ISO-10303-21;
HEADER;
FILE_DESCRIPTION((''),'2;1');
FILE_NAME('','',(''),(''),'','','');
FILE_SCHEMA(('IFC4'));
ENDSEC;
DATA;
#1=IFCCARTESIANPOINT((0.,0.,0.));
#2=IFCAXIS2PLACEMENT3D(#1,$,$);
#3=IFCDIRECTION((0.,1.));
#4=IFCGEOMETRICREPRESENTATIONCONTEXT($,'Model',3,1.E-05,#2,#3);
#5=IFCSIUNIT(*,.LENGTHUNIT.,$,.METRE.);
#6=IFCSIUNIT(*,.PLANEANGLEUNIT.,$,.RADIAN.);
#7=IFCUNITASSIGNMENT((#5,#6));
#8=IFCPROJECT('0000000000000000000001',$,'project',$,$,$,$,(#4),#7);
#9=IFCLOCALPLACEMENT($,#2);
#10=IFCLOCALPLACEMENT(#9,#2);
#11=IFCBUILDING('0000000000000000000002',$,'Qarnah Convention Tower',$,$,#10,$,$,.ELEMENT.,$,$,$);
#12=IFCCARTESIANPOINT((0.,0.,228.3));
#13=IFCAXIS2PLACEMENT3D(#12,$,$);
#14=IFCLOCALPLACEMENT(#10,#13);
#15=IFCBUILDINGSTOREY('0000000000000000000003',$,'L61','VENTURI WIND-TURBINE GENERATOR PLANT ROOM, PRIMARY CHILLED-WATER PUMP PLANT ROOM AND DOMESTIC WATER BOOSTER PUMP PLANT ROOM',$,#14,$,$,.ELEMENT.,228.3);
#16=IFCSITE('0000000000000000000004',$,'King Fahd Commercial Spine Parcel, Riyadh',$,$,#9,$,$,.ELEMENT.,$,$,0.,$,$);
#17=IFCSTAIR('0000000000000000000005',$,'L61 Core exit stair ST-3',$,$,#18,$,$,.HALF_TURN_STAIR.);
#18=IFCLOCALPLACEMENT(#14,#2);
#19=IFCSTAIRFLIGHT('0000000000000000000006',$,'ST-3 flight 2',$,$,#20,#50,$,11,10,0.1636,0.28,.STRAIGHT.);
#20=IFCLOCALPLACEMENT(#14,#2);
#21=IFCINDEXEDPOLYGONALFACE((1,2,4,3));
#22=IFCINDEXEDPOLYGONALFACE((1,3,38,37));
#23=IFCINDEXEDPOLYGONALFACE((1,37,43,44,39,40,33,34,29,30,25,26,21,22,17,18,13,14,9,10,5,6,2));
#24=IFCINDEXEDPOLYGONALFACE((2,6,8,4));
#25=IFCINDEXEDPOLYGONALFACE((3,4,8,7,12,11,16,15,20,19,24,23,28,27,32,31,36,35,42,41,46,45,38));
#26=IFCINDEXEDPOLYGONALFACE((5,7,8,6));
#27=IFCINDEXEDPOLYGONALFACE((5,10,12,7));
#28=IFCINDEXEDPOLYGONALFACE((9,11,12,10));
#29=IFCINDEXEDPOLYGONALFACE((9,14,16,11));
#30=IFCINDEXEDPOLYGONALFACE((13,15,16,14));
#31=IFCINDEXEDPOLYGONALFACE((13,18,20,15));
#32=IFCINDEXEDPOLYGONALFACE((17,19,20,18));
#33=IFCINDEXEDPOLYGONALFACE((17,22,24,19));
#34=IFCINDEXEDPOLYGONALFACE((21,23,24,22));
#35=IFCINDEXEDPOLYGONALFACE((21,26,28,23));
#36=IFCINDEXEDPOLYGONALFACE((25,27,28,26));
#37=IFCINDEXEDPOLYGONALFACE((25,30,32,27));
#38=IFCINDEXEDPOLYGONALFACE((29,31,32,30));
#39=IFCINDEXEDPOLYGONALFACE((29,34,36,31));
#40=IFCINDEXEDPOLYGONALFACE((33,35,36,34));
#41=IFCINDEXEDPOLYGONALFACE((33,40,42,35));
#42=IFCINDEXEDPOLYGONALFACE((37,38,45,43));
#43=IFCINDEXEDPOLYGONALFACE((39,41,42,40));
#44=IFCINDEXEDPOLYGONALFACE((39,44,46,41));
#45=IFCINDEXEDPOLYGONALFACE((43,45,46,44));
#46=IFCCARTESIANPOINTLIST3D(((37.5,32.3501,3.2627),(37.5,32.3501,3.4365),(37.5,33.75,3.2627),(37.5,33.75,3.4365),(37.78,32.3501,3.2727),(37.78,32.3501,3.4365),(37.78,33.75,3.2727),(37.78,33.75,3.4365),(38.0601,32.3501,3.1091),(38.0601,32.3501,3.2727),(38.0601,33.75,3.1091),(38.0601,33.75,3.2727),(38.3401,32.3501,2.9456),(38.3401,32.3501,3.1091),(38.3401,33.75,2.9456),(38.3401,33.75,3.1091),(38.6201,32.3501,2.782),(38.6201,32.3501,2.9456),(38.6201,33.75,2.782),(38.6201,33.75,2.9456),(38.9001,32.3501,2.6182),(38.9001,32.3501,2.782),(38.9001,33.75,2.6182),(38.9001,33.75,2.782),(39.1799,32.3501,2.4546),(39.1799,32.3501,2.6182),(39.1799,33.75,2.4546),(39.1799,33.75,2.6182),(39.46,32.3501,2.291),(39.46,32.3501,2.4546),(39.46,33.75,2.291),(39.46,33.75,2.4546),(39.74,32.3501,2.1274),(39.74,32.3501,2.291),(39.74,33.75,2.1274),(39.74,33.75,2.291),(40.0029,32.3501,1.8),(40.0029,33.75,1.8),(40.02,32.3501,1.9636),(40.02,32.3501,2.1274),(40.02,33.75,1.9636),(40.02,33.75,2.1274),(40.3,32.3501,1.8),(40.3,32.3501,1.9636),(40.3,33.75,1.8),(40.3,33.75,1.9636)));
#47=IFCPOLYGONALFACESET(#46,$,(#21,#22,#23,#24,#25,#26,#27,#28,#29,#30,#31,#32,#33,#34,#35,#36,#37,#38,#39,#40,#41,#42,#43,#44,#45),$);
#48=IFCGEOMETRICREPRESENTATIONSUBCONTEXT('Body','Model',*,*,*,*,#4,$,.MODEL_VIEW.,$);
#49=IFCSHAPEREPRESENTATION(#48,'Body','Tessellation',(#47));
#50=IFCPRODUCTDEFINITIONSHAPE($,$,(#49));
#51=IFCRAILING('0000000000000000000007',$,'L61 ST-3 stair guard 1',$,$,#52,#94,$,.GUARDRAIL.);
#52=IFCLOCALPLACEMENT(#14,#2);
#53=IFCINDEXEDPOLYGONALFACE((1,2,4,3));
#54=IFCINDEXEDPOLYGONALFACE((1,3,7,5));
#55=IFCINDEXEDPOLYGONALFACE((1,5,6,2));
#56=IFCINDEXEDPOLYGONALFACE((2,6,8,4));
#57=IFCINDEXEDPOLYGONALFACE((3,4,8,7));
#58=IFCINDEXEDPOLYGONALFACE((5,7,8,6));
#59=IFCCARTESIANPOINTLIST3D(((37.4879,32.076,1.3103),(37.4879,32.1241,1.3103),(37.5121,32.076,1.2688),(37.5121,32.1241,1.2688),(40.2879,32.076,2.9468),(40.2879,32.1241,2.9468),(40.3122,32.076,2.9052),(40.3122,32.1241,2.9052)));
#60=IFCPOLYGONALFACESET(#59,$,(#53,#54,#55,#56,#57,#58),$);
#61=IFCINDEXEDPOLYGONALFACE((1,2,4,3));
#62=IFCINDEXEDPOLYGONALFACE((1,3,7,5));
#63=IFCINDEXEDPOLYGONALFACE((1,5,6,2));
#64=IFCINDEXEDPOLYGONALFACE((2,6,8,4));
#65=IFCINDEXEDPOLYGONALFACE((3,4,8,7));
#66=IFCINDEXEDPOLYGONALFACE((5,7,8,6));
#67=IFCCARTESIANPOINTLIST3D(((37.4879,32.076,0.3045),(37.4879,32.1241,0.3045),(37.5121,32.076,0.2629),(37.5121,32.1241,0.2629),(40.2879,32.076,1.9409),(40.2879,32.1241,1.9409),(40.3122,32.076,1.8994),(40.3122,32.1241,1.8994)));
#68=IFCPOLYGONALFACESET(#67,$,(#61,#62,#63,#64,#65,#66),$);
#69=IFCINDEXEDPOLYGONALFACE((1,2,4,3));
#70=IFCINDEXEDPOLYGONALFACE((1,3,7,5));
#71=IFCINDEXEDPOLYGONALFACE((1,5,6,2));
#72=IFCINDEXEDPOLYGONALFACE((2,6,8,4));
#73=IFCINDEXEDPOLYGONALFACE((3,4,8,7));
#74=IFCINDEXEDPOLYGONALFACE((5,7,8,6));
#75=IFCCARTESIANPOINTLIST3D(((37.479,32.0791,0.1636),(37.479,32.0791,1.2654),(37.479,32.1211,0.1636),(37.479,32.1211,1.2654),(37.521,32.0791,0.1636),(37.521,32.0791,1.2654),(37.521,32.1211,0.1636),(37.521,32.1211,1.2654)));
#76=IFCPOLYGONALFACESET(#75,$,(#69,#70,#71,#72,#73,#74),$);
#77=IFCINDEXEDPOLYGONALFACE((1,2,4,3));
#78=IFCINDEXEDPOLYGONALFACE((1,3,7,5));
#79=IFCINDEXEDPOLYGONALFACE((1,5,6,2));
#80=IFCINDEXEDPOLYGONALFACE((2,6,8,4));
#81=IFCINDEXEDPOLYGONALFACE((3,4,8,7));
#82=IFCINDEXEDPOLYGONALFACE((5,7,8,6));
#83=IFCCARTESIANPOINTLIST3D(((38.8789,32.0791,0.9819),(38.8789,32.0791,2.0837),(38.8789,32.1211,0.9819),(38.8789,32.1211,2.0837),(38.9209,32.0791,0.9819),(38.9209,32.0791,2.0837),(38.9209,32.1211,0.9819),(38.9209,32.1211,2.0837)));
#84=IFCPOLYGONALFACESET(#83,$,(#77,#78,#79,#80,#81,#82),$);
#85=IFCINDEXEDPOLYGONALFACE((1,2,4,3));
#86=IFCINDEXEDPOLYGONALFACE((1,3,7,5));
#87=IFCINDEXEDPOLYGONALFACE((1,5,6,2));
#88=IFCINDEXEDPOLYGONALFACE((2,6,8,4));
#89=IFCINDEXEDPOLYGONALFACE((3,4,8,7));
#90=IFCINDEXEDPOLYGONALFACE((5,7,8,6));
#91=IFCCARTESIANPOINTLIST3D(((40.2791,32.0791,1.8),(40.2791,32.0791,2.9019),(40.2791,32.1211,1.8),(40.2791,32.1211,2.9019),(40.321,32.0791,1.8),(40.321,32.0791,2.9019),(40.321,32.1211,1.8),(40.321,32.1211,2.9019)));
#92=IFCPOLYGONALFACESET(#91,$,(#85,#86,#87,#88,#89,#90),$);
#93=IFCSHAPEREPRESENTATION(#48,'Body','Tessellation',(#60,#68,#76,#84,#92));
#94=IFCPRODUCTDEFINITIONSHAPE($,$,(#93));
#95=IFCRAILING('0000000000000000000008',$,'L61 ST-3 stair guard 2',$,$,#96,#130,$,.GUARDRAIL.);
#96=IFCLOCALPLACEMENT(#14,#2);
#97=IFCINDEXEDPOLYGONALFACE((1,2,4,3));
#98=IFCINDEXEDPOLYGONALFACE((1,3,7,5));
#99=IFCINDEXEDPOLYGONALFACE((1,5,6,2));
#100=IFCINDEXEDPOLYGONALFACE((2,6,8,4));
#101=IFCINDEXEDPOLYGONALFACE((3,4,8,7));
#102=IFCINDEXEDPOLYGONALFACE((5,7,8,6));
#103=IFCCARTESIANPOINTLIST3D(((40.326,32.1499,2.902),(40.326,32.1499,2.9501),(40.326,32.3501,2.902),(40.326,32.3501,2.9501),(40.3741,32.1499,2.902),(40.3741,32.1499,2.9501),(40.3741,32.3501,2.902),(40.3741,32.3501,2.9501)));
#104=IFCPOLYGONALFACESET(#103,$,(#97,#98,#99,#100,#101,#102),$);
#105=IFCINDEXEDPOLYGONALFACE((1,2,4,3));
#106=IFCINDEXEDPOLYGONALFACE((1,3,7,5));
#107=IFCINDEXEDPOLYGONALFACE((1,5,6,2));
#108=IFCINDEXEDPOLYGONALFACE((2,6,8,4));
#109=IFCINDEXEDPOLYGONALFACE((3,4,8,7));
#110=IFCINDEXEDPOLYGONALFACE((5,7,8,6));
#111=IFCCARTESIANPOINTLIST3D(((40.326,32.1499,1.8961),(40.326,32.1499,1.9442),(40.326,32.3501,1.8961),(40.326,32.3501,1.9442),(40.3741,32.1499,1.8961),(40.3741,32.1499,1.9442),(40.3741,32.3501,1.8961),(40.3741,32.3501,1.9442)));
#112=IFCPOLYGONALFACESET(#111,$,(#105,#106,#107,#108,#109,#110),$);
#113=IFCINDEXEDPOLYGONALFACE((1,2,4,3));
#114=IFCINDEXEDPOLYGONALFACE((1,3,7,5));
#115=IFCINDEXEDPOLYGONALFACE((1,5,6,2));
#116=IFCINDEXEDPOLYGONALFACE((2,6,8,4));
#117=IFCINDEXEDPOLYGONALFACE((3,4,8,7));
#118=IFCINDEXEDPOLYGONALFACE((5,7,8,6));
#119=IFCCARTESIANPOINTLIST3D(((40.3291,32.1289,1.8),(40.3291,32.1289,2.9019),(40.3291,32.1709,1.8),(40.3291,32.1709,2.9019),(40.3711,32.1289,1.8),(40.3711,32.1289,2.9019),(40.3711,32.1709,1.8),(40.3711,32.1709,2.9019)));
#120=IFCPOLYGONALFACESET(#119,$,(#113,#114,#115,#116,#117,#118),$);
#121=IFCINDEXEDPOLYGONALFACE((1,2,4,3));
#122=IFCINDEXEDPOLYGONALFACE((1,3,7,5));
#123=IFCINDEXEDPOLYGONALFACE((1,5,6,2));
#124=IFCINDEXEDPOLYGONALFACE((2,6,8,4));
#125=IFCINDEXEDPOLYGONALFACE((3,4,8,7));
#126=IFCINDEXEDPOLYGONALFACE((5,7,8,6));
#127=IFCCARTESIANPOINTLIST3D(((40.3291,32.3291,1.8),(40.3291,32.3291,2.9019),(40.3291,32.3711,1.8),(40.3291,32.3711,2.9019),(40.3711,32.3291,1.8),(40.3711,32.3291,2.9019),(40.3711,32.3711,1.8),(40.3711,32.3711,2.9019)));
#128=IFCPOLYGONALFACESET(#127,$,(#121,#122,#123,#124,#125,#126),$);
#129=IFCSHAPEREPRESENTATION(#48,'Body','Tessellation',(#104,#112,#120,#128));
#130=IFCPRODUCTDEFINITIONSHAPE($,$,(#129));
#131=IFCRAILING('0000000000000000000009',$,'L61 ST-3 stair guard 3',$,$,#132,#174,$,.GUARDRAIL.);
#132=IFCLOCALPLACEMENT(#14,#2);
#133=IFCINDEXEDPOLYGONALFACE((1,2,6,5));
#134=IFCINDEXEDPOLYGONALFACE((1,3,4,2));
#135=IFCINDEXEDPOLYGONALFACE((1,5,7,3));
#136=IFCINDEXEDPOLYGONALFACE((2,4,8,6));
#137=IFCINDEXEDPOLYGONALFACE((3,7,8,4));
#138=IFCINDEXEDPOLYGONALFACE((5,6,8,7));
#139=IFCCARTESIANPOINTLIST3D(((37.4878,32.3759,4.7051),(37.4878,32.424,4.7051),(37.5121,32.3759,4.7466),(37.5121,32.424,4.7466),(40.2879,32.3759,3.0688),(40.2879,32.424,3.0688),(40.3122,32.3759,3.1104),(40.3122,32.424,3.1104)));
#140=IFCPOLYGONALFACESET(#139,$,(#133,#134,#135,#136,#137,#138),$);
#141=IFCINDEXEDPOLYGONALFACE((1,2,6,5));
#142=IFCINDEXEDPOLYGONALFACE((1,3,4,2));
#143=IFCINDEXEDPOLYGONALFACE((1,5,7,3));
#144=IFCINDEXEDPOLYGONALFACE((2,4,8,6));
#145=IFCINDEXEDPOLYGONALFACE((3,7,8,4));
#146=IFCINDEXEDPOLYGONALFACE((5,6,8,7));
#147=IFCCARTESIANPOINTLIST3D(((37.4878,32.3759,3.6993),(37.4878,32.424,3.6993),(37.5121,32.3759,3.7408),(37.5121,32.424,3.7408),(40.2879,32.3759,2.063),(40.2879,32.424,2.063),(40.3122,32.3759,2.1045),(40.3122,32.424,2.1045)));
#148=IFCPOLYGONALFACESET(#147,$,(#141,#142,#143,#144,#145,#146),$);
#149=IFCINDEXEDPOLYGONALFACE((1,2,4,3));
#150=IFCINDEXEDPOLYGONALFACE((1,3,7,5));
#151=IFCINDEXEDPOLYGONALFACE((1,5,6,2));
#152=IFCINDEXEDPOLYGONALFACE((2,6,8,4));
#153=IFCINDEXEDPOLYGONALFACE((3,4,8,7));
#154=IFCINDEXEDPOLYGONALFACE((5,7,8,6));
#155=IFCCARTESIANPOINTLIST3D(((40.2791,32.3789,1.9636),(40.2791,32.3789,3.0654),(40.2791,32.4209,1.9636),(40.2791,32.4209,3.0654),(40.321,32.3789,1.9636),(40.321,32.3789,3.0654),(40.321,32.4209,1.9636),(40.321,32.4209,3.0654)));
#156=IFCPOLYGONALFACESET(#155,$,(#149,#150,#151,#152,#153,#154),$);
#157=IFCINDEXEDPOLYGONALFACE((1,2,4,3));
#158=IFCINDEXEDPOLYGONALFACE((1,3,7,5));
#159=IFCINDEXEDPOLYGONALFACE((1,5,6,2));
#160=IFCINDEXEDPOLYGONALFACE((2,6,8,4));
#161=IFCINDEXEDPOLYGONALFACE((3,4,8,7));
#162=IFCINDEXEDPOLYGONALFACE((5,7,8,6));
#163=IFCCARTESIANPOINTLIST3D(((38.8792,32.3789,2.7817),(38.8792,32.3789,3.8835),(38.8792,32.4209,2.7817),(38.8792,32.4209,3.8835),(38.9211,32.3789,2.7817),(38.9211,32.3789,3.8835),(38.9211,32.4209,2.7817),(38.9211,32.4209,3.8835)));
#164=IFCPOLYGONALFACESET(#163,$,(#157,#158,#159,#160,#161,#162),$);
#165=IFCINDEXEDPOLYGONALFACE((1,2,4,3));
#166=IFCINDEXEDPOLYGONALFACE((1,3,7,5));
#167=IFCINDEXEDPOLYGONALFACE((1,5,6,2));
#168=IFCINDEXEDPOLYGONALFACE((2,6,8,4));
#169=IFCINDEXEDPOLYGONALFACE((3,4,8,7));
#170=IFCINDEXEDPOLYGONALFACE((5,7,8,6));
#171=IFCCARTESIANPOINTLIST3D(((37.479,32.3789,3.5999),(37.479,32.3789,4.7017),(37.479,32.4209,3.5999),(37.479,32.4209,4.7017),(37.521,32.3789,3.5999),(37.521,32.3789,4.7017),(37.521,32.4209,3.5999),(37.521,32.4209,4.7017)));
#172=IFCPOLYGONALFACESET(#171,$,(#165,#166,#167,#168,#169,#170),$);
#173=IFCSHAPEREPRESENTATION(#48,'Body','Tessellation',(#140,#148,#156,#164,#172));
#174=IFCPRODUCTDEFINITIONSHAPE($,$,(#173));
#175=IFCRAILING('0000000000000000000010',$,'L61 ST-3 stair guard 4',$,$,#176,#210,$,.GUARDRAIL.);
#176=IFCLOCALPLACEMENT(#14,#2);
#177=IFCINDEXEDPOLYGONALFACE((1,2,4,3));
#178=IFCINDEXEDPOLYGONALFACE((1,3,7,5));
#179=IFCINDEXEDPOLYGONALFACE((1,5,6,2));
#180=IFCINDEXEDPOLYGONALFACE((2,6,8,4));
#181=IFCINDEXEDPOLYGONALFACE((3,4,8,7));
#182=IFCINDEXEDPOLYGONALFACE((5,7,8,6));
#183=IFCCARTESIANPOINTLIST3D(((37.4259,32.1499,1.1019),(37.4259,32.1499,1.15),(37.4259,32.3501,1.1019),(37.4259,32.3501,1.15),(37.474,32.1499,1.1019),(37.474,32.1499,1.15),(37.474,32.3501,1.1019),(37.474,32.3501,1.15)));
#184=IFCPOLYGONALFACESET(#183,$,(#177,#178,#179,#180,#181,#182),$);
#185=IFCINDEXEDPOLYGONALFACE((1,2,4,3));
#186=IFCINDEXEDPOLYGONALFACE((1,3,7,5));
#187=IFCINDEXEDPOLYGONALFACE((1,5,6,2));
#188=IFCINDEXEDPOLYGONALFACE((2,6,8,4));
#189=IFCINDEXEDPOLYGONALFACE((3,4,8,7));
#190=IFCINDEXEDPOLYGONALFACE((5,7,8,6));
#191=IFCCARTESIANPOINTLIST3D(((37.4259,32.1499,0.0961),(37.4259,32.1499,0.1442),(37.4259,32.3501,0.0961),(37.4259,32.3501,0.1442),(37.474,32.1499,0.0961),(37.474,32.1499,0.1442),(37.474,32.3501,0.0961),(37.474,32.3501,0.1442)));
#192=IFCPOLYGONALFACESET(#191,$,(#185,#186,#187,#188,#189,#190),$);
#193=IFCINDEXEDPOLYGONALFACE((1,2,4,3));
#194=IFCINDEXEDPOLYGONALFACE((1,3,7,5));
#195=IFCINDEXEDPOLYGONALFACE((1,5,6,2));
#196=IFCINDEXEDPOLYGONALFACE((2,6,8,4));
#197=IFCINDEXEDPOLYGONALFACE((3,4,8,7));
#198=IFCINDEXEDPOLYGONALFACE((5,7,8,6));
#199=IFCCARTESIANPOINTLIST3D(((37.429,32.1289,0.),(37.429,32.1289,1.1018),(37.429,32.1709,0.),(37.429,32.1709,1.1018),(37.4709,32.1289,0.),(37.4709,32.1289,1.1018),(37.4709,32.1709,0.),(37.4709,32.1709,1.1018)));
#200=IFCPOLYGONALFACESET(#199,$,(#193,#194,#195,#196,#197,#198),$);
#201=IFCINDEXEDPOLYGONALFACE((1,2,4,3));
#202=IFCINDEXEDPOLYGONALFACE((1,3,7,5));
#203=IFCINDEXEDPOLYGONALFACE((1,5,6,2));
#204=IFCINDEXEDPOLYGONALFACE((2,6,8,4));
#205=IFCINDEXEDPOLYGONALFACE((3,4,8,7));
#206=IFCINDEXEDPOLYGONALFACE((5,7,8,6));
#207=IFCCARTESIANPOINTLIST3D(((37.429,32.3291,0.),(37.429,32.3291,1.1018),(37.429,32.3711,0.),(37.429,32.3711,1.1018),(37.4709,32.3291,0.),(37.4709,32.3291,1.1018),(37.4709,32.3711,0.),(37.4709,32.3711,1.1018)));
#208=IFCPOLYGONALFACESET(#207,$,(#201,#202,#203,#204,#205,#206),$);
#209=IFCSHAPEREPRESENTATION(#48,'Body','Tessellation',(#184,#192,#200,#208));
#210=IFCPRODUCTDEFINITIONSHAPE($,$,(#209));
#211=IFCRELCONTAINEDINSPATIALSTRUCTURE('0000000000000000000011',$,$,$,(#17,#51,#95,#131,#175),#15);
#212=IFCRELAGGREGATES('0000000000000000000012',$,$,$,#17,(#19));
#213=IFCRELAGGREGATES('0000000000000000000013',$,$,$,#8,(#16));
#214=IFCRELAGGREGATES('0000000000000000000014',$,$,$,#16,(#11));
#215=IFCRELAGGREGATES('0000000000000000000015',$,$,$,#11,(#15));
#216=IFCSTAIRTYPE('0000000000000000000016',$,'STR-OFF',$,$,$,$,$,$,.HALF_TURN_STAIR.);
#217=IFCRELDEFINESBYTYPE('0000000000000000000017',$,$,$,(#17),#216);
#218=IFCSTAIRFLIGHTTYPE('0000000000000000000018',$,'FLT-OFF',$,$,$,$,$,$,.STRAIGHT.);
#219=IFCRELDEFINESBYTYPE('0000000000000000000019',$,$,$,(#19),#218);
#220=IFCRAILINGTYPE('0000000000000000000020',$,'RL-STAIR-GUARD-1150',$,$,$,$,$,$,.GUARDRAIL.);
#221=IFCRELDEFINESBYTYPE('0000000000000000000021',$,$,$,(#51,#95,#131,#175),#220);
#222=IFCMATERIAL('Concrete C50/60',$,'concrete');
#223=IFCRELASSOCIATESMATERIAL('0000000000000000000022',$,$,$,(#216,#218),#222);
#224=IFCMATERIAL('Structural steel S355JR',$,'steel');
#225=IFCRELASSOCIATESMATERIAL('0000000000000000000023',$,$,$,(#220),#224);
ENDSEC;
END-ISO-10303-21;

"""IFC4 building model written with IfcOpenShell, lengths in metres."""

from ifc_helpers import new_model, si_unit, direction, frame, origin, origin_2d, place, context, subcontext, project, spatial, polyline, rectangle, outline, extrude, material, type_object, element, aggregate, save


model = new_model("IFC4")

# Units and contexts
model_context = context("Model", 3, precision=1e-05, world=origin(), true_north=direction((0.0, 1.0)))
body_context = subcontext(model_context, "Body", "Model", "MODEL_VIEW")
ifc_project = project(units=[si_unit("LENGTHUNIT", "METRE"), si_unit("PLANEANGLEUNIT", "RADIAN")], contexts=[model_context])

# Site, building, storey
site_placement = place(None, origin())
site = spatial("IfcSite", under=ifc_project, at=site_placement, Name="King Fahd Commercial Spine Parcel, Riyadh", CompositionType="ELEMENT", RefElevation=0.0)
building_placement = place(site_placement, origin())
building = spatial("IfcBuilding", under=site, at=building_placement, Name="Qarnah Convention Tower", CompositionType="ELEMENT")
storey_placement = place(building_placement, frame((0.0, 0.0, 228.3)))
storey = spatial("IfcBuildingStorey", under=building, at=storey_placement, Name="L61", Description="VENTURI WIND-TURBINE GENERATOR PLANT ROOM, PRIMARY CHILLED-WATER PUMP PLANT ROOM AND DOMESTIC WATER BOOSTER PUMP PLANT ROOM", CompositionType="ELEMENT", Elevation=228.3)

# Shared definitions
ifc_material_1 = material(Name="Concrete C50/60", Category="concrete")

# Shared definitions
ifc_material_2 = material(Name="Structural steel S355JR", Category="steel")

# Stair, stair flight
stair_type = type_object("IfcStairType", Name="STR-OFF", PredefinedType="HALF_TURN_STAIR", material=ifc_material_1)
stair_placement = place(storey_placement, origin())
stair = element("IfcStair", 1, at=stair_placement, inside=storey, type_object=stair_type, Name="L61 Core exit stair ST-3", PredefinedType="HALF_TURN_STAIR")
stair_flight_type = type_object("IfcStairFlightType", Name="FLT-OFF", PredefinedType="STRAIGHT", material=ifc_material_1)
stair_flight_1_placement = place(storey_placement, frame((40.3, 33.05, 1.8), z_axis=(0.0, 0.0, 1.0), x_axis=(-1.0, 0.0, 0.0)))
stair_flight_1 = element("IfcStairFlight", 2, at=stair_flight_1_placement, type_object=stair_flight_type, Name="ST-3 flight 2", NumberOfRisers=11, NumberOfTreads=10, PredefinedType="STRAIGHT", RiserHeight=0.1636, TreadLength=0.28, context=body_context, shape_type="SweptSolid", body=[
    extrude(outline(polyline([(0.0, 0.0), (0.0, 0.1636), (0.28, 0.1636), (0.28, 0.3274), (0.5601, 0.3274), (0.5601, 0.491), (0.8401, 0.491), (0.8401, 0.6545), (1.1201, 0.6545), (1.1201, 0.8181), (1.3999, 0.8181), (1.3999, 0.9819), (1.6799, 0.9819), (1.6799, 1.1455), (1.96, 1.1455), (1.96, 1.3091), (2.24, 1.3091), (2.24, 1.4727), (2.52, 1.4727), (2.52, 1.6365), (2.8, 1.6365), (2.8, 1.8), (2.8, 1.4626), (0.2971, 0.0), (0.0, 0.0)])), frame((0.0, 0.7, 0.0), z_axis=(0.0, -1.0, 0.0), x_axis=(1.0, 0.0, 0.0)), (0.0, 0.0, 1.0), 1.3999),
])
aggregate(stair, [stair_flight_1])

# Railings
railing_type_1 = type_object("IfcRailingType", Name="RL-STAIR-GUARD-1150", PredefinedType="GUARDRAIL", material=ifc_material_2)
railing_1_placement = place(storey_placement, frame((37.5, 32.1001, 0.1636)))
element("IfcRailing", 3, at=railing_1_placement, inside=storey, type_object=railing_type_1, Name="L61 ST-3 stair guard 1", PredefinedType="GUARDRAIL", context=body_context, shape_type="SweptSolid", body=[
    extrude(rectangle(XDim=0.0481, YDim=0.0481, at=origin_2d()), frame((0.0, 0.0, 1.126), z_axis=(0.863361, 0.0, 0.504587), x_axis=(0.0, 1.0, 0.0)), (0.0, 0.0, 1.0), 3.2432),
    extrude(rectangle(XDim=0.0481, YDim=0.0481, at=origin_2d()), frame((0.0, 0.0, 0.1201), z_axis=(0.863361, 0.0, 0.504587), x_axis=(0.0, 1.0, 0.0)), (0.0, 0.0, 1.0), 3.2432),
    extrude(rectangle(XDim=0.042, YDim=0.042, at=origin_2d()), origin(), (0.0, 0.0, 1.0), 1.1018),
    extrude(rectangle(XDim=0.042, YDim=0.042, at=origin_2d()), frame((1.3999, 0.0, 0.8184)), (0.0, 0.0, 1.0), 1.1018),
    extrude(rectangle(XDim=0.042, YDim=0.042, at=origin_2d()), frame((2.8, 0.0, 1.6365)), (0.0, 0.0, 1.0), 1.1018),
])
railing_2_placement = place(storey_placement, frame((40.3501, 32.1499, 1.8)))
element("IfcRailing", 4, at=railing_2_placement, inside=storey, type_object=railing_type_1, Name="L61 ST-3 stair guard 2", PredefinedType="GUARDRAIL", context=body_context, shape_type="SweptSolid", body=[
    extrude(rectangle(XDim=0.0481, YDim=0.0481, at=origin_2d()), frame((0.0, 0.0, 1.126), z_axis=(0.0, 1.0, 0.0), x_axis=(-1.0, 0.0, 0.0)), (0.0, 0.0, 1.0), 0.2002),
    extrude(rectangle(XDim=0.0481, YDim=0.0481, at=origin_2d()), frame((0.0, 0.0, 0.1201), z_axis=(0.0, 1.0, 0.0), x_axis=(-1.0, 0.0, 0.0)), (0.0, 0.0, 1.0), 0.2002),
    extrude(rectangle(XDim=0.042, YDim=0.042, at=origin_2d()), origin(), (0.0, 0.0, 1.0), 1.1018),
    extrude(rectangle(XDim=0.042, YDim=0.042, at=origin_2d()), frame((0.0, 0.2002, 0.0)), (0.0, 0.0, 1.0), 1.1018),
])
railing_3_placement = place(storey_placement, frame((40.3, 32.3999, 1.9636)))
element("IfcRailing", 5, at=railing_3_placement, inside=storey, type_object=railing_type_1, Name="L61 ST-3 stair guard 3", PredefinedType="GUARDRAIL", context=body_context, shape_type="SweptSolid", body=[
    extrude(rectangle(XDim=0.0481, YDim=0.0481, at=origin_2d()), frame((0.0, 0.0, 1.126), z_axis=(-0.863394, 0.0, 0.504531), x_axis=(0.0, -1.0, 0.0)), (0.0, 0.0, 1.0), 3.2432),
    extrude(rectangle(XDim=0.0481, YDim=0.0481, at=origin_2d()), frame((0.0, 0.0, 0.1201), z_axis=(-0.863394, 0.0, 0.504531), x_axis=(0.0, -1.0, 0.0)), (0.0, 0.0, 1.0), 3.2432),
    extrude(rectangle(XDim=0.042, YDim=0.042, at=origin_2d()), origin(), (0.0, 0.0, 1.0), 1.1018),
    extrude(rectangle(XDim=0.042, YDim=0.042, at=origin_2d()), frame((-1.3999, 0.0, 0.8181)), (0.0, 0.0, 1.0), 1.1018),
    extrude(rectangle(XDim=0.042, YDim=0.042, at=origin_2d()), frame((-2.8, 0.0, 1.6362)), (0.0, 0.0, 1.0), 1.1018),
])
railing_4_placement = place(storey_placement, frame((37.45, 32.1499, 0.0)))
element("IfcRailing", 6, at=railing_4_placement, inside=storey, type_object=railing_type_1, Name="L61 ST-3 stair guard 4", PredefinedType="GUARDRAIL", context=body_context, shape_type="SweptSolid", body=[
    extrude(rectangle(XDim=0.0481, YDim=0.0481, at=origin_2d()), frame((0.0, 0.0, 1.126), z_axis=(0.0, 1.0, 0.0), x_axis=(-1.0, 0.0, 0.0)), (0.0, 0.0, 1.0), 0.2002),
    extrude(rectangle(XDim=0.0481, YDim=0.0481, at=origin_2d()), frame((0.0, 0.0, 0.1201), z_axis=(0.0, 1.0, 0.0), x_axis=(-1.0, 0.0, 0.0)), (0.0, 0.0, 1.0), 0.2002),
    extrude(rectangle(XDim=0.042, YDim=0.042, at=origin_2d()), origin(), (0.0, 0.0, 1.0), 1.1018),
    extrude(rectangle(XDim=0.042, YDim=0.042, at=origin_2d()), frame((0.0, 0.2002, 0.0)), (0.0, 0.0, 1.0), 1.1018),
])

save(model, "model.ifc")
